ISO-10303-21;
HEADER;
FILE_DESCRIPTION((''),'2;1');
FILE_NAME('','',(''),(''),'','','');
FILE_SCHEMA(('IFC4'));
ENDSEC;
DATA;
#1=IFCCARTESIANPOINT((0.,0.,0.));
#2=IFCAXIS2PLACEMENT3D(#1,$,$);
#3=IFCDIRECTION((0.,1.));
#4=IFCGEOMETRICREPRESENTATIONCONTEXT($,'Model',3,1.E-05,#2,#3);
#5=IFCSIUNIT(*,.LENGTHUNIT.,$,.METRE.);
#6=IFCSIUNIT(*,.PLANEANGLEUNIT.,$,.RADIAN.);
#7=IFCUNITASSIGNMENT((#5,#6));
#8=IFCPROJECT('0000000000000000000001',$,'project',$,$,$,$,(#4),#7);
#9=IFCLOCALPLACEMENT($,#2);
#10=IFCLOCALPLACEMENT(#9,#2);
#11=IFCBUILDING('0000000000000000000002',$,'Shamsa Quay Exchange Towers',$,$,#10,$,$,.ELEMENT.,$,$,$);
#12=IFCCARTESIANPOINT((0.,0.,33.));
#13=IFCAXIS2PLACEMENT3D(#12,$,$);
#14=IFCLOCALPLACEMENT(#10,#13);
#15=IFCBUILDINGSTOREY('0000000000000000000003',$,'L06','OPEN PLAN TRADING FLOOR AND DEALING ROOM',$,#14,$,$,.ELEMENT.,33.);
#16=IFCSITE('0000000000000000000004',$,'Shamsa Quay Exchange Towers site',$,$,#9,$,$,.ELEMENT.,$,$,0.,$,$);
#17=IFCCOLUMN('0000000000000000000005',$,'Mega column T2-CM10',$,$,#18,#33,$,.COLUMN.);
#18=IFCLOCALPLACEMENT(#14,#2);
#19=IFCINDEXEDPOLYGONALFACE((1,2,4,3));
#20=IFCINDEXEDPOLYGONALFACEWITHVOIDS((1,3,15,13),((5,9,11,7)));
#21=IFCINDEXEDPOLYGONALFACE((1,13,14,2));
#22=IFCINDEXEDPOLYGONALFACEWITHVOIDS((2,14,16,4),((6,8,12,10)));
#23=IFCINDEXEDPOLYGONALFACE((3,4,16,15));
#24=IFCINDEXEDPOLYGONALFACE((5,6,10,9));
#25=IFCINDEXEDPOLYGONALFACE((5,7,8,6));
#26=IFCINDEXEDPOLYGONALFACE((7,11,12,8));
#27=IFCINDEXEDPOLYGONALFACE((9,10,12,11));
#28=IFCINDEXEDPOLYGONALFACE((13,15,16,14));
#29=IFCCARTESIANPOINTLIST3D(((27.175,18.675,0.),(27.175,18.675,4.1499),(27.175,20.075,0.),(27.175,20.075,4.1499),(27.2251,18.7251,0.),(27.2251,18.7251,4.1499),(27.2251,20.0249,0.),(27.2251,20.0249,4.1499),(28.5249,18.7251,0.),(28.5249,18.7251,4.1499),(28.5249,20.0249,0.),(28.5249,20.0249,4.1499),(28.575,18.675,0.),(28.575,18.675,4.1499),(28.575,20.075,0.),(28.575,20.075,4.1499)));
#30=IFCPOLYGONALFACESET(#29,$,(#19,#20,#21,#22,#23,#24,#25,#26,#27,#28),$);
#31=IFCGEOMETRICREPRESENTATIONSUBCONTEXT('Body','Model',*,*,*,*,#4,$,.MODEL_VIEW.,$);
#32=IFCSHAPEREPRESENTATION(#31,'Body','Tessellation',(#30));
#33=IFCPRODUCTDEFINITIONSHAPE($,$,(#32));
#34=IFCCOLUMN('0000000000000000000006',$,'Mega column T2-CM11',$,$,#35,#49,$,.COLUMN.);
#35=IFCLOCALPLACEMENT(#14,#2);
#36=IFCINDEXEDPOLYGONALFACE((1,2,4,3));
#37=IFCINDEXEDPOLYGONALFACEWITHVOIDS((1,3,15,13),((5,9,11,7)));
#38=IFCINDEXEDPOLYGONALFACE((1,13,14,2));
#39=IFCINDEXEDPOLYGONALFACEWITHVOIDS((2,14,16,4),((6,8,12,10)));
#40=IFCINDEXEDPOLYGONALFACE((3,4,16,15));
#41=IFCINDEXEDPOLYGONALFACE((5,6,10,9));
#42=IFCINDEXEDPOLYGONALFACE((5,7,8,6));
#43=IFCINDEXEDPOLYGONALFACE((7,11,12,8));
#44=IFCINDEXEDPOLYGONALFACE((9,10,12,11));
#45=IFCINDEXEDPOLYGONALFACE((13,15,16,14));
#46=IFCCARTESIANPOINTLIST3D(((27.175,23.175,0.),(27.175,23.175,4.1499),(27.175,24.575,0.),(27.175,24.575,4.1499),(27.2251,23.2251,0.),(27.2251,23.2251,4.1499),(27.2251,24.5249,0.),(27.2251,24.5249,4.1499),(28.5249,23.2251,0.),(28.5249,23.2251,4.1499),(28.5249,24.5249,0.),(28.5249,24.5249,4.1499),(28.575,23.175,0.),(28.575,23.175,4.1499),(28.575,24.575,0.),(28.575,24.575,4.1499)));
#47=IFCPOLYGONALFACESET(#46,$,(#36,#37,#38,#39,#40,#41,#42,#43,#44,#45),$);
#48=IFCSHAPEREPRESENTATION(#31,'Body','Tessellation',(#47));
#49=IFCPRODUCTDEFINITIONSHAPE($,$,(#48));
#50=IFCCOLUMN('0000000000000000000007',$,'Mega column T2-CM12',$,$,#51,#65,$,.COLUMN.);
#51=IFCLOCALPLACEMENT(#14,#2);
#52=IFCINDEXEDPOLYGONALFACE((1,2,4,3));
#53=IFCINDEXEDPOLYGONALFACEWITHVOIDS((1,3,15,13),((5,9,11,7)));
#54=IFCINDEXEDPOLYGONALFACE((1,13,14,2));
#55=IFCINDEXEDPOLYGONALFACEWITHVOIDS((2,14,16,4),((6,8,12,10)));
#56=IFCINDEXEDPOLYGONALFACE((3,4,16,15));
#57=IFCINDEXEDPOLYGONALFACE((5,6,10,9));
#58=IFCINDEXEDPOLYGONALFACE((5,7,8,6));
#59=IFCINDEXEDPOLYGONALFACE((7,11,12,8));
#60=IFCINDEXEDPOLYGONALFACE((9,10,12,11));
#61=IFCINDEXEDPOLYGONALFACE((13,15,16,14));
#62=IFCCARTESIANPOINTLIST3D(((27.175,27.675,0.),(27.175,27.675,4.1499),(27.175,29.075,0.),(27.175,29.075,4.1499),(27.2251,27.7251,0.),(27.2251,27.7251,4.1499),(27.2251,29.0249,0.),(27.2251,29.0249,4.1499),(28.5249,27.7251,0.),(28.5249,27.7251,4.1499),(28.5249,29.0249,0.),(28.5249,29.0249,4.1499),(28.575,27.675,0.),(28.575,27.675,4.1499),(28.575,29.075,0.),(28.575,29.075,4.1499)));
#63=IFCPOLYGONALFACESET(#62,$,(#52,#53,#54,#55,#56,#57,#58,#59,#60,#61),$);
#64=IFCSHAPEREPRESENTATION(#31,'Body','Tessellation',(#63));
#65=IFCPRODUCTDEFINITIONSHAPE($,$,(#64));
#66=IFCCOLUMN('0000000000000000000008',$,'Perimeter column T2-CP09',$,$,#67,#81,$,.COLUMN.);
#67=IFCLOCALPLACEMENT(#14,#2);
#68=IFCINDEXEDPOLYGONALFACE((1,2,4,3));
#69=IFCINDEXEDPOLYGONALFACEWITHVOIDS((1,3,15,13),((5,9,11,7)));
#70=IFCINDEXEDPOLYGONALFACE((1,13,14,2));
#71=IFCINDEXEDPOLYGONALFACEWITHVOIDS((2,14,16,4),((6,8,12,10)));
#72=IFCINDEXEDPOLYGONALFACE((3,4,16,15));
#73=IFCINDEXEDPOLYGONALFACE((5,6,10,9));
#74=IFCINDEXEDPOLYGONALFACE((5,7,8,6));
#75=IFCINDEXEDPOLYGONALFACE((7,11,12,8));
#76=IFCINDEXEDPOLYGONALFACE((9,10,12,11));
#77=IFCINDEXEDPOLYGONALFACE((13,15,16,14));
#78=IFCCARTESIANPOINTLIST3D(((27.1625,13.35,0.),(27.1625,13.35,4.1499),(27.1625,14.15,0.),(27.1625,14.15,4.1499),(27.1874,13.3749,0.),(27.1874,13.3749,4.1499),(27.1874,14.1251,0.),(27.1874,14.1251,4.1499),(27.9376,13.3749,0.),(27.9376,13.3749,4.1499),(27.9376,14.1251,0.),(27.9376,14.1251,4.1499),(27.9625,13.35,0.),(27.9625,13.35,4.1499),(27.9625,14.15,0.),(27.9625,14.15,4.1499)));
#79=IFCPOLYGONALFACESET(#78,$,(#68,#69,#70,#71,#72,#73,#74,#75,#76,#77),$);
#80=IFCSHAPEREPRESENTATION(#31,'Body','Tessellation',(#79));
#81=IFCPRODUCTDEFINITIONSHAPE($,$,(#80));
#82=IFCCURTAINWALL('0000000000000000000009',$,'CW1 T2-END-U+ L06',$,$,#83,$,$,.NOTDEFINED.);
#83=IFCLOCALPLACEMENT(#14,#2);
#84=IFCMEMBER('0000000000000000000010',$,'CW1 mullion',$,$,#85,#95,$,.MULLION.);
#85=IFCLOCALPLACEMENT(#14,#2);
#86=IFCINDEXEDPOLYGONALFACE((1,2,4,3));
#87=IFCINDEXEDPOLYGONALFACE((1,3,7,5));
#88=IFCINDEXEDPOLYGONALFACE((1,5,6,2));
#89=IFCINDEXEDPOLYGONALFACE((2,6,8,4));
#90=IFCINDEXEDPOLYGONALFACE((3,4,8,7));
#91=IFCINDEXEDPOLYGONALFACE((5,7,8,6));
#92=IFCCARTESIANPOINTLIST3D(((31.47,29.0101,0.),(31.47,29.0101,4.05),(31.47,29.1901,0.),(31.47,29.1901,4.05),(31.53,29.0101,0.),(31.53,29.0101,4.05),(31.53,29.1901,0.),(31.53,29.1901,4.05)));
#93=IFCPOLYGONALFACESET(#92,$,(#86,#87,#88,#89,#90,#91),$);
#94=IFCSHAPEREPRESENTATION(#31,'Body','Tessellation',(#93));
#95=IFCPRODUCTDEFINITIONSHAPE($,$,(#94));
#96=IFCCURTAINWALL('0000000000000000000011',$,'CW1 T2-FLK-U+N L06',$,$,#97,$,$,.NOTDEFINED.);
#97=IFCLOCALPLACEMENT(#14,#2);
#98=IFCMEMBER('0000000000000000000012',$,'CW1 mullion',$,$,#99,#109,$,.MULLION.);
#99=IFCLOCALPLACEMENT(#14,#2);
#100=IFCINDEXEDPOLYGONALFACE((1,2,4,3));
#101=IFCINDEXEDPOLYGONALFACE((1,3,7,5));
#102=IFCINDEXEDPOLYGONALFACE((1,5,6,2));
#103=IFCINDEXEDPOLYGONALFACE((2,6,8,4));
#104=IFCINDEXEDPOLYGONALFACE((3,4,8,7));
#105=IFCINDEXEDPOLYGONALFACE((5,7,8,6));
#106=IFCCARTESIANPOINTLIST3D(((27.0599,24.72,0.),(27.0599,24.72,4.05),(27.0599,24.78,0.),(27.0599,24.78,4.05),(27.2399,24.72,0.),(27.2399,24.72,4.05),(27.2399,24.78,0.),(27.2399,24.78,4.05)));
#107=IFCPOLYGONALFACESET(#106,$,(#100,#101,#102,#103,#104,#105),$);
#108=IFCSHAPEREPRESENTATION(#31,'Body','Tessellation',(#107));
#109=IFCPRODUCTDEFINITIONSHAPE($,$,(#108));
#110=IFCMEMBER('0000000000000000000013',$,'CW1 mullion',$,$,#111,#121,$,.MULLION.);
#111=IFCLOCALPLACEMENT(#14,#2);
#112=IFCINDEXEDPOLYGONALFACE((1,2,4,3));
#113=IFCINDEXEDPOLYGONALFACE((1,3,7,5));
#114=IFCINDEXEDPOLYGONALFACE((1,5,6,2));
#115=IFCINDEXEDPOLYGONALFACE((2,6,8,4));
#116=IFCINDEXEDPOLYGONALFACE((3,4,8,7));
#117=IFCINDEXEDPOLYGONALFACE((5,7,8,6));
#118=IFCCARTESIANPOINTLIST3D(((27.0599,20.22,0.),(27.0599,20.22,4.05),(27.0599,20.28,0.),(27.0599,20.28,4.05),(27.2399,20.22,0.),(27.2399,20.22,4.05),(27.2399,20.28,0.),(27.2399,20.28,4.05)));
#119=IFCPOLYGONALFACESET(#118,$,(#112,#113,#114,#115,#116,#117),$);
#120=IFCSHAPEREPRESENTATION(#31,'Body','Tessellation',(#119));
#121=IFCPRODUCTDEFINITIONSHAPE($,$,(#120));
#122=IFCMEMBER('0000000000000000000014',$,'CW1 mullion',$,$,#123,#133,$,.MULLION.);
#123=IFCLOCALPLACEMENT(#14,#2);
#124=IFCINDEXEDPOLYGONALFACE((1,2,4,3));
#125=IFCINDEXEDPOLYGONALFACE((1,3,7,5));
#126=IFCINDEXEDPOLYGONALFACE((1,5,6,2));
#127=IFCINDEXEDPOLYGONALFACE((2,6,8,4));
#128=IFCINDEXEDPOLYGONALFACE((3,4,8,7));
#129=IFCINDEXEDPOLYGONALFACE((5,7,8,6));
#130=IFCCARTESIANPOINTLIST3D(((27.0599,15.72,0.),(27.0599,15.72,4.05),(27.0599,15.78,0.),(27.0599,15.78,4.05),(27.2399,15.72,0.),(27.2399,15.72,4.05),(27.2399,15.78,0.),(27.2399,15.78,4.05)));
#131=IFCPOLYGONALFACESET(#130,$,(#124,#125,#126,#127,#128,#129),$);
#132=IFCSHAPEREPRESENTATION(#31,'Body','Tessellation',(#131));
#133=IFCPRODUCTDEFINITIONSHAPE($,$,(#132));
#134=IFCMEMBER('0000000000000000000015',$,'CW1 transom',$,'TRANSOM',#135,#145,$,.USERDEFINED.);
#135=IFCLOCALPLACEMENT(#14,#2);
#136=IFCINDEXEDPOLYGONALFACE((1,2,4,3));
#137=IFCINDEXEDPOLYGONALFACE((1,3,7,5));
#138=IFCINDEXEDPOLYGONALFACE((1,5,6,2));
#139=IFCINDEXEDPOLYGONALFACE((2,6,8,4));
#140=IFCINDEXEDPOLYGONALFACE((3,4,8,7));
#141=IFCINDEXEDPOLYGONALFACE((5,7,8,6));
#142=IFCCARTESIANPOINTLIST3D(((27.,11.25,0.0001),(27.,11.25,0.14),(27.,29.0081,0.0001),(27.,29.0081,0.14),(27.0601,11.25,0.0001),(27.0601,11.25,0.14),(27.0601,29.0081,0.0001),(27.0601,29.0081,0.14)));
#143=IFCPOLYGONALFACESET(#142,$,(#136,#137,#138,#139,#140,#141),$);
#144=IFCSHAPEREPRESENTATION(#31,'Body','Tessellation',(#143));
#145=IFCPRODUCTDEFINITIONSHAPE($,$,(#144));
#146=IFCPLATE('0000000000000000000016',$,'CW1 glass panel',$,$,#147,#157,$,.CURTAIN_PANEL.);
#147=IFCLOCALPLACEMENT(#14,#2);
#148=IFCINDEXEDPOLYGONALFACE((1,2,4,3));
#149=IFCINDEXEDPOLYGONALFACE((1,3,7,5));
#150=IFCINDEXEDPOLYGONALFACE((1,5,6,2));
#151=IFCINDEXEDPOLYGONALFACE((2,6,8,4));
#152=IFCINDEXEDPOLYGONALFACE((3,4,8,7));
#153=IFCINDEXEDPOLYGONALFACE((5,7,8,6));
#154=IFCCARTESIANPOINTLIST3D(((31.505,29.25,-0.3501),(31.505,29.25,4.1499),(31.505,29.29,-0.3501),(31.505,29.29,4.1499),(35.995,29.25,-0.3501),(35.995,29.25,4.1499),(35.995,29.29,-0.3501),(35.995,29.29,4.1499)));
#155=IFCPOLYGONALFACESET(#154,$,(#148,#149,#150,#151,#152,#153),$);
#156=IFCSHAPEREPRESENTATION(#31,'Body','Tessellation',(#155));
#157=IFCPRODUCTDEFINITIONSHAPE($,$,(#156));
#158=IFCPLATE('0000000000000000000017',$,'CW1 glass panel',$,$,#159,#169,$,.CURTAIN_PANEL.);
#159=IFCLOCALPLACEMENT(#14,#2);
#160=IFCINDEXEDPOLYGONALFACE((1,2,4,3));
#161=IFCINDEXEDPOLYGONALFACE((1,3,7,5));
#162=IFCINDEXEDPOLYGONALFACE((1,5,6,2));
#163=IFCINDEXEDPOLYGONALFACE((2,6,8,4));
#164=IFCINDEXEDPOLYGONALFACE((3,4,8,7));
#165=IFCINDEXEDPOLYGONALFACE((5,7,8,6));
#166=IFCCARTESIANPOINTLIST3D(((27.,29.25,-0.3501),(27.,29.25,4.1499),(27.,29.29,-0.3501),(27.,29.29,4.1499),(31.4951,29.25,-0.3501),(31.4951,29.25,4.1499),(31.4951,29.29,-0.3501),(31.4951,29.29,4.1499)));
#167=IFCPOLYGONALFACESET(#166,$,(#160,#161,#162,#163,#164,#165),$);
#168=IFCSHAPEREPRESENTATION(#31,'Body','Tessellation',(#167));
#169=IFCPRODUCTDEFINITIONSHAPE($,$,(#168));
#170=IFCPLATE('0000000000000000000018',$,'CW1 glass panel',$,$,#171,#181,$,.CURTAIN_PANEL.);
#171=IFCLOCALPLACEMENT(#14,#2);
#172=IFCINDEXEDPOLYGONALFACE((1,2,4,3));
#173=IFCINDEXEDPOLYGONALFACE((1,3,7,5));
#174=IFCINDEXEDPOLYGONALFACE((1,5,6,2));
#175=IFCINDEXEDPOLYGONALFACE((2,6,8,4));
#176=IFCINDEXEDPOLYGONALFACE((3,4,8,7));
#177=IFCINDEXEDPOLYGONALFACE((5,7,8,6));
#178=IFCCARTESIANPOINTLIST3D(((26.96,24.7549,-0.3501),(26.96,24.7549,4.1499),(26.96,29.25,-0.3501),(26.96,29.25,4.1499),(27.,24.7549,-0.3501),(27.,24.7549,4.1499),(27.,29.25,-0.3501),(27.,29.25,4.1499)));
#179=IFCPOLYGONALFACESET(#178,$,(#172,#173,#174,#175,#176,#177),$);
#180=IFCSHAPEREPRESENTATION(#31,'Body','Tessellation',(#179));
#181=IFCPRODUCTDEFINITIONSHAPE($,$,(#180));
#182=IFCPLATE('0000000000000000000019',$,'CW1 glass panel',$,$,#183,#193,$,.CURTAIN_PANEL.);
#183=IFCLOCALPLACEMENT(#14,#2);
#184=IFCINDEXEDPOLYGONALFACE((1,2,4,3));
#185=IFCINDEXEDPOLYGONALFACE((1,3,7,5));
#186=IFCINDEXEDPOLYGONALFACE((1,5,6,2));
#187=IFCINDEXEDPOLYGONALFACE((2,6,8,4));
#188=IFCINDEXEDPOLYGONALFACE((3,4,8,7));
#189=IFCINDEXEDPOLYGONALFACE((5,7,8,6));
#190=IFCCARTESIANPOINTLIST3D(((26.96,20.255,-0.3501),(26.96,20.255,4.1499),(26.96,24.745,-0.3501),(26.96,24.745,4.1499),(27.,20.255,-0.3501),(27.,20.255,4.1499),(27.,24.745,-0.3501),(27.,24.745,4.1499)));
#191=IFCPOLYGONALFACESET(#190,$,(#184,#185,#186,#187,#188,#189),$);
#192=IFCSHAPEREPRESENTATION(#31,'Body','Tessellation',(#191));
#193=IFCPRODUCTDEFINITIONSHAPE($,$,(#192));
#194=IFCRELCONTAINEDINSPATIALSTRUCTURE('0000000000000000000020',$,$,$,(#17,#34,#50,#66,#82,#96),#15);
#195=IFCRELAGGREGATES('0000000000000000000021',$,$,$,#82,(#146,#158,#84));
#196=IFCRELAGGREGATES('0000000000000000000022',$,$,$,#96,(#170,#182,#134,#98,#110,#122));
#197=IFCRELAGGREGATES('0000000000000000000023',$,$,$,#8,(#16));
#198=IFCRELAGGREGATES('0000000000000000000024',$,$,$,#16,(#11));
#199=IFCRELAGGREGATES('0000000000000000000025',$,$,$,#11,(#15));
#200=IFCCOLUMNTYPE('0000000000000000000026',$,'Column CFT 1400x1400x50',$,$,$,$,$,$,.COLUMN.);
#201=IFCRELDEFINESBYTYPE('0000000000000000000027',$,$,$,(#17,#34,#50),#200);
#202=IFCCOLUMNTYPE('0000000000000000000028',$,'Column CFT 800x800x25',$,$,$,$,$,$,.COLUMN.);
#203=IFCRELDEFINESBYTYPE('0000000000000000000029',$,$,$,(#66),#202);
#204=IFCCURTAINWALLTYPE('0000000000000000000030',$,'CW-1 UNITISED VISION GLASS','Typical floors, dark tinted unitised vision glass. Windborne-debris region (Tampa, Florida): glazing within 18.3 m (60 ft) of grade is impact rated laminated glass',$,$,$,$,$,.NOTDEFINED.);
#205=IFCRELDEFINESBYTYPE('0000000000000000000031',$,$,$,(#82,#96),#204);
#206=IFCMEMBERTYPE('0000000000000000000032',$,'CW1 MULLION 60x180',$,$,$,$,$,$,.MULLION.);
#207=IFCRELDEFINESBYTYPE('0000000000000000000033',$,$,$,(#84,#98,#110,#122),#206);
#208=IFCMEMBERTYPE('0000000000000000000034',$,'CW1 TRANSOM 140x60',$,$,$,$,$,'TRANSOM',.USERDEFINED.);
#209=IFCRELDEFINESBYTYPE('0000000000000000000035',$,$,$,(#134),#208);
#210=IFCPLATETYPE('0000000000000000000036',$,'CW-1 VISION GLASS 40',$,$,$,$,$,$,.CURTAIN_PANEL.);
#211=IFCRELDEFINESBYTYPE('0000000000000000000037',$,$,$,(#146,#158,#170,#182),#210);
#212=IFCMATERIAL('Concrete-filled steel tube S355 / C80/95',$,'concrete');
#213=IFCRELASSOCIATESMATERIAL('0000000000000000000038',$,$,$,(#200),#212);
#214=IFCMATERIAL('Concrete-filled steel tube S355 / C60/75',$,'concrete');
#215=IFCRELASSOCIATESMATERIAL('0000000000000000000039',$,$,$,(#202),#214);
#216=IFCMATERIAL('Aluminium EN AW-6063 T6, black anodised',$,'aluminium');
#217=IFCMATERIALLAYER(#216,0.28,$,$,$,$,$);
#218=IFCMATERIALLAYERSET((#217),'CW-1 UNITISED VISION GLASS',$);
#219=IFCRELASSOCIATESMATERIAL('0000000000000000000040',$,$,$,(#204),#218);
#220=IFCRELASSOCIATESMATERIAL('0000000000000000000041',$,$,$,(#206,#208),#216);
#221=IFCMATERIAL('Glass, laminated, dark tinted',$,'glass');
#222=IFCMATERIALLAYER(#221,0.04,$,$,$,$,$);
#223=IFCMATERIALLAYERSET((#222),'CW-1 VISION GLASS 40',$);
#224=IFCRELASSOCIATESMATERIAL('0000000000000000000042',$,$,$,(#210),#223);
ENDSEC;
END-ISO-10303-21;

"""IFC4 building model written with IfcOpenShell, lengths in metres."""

from ifc_helpers import new_model, si_unit, direction, frame, origin, origin_2d, place, context, subcontext, project, spatial, rectangle, hollow_rectangle, extrude, material, layer, layer_set, material_profile, profile_set, type_object, element, aggregate, save


model = new_model("IFC4")

# Units and contexts
model_context = context("Model", 3, precision=1e-05, world=origin(), true_north=direction((0.0, 1.0)))
body_context = subcontext(model_context, "Body", "Model", "MODEL_VIEW")
ifc_project = project(units=[si_unit("LENGTHUNIT", "METRE"), si_unit("PLANEANGLEUNIT", "RADIAN")], contexts=[model_context])

# Site, building, storey
site_placement = place(None, origin())
site = spatial("IfcSite", under=ifc_project, at=site_placement, Name="Shamsa Quay Exchange Towers site", CompositionType="ELEMENT", RefElevation=0.0)
building_placement = place(site_placement, origin())
building = spatial("IfcBuilding", under=site, at=building_placement, Name="Shamsa Quay Exchange Towers", CompositionType="ELEMENT")
storey_placement = place(building_placement, frame((0.0, 0.0, 33.0)))
storey = spatial("IfcBuildingStorey", under=building, at=storey_placement, Name="L06", Description="OPEN PLAN TRADING FLOOR AND DEALING ROOM", CompositionType="ELEMENT", Elevation=33.0)

# Columns
ifc_material_1 = material(Name="Concrete-filled steel tube S355 / C80/95", Category="concrete")
ifc_material_profile_1 = material_profile(ifc_material_1, hollow_rectangle(XDim=1.3999, YDim=1.3999, WallThickness=0.05, at=origin_2d()), Name="CFT 1400x1400x50")
ifc_profile_set_1 = profile_set([ifc_material_profile_1], Name="Concrete-filled steel tube S355 / C80/95")
column_type_1 = type_object("IfcColumnType", Name="Column CFT 1400x1400x50", PredefinedType="COLUMN", material=ifc_profile_set_1)
for number, where, name in (
    (1, (27.875, 19.375, 0.0), "Mega column T2-CM10"),
    (2, (27.875, 23.875, 0.0), "Mega column T2-CM11"),
    (3, (27.875, 28.375, 0.0), "Mega column T2-CM12"),
):
    element("IfcColumn", number, at=place(storey_placement, frame(where)), inside=storey, type_object=column_type_1, Name=name, PredefinedType="COLUMN", context=body_context, shape_type="SweptSolid", body=[
        extrude(hollow_rectangle(XDim=1.3999, YDim=1.3999, WallThickness=0.05, at=origin_2d()), origin(), (0.0, 0.0, 1.0), 4.1499),
    ])
ifc_material_2 = material(Name="Concrete-filled steel tube S355 / C60/75", Category="concrete")
ifc_material_profile_2 = material_profile(ifc_material_2, hollow_rectangle(XDim=0.8, YDim=0.8, WallThickness=0.0249, at=origin_2d()), Name="CFT 800x800x25")
ifc_profile_set_2 = profile_set([ifc_material_profile_2], Name="Concrete-filled steel tube S355 / C60/75")
column_type_2 = type_object("IfcColumnType", Name="Column CFT 800x800x25", PredefinedType="COLUMN", material=ifc_profile_set_2)
column_placement = place(storey_placement, frame((27.5625, 13.75, 0.0)))
element("IfcColumn", 4, at=column_placement, inside=storey, type_object=column_type_2, Name="Perimeter column T2-CP09", PredefinedType="COLUMN", context=body_context, shape_type="SweptSolid", body=[
    extrude(hollow_rectangle(XDim=0.8, YDim=0.8, WallThickness=0.0249, at=origin_2d()), origin(), (0.0, 0.0, 1.0), 4.1499),
])

# Curtain wall, member
ifc_material_3 = material(Name="Aluminium EN AW-6063 T6, black anodised", Category="aluminium")
ifc_layer_1 = layer(ifc_material_3, 0.28)
ifc_layer_set_1 = layer_set([ifc_layer_1], Name="CW-1 UNITISED VISION GLASS")
curtain_wall_type_1 = type_object("IfcCurtainWallType", Name="CW-1 UNITISED VISION GLASS", Description="Typical floors, dark tinted unitised vision glass. Windborne-debris region (Tampa, Florida): glazing within 18.3 m (60 ft) of grade is impact rated laminated glass", PredefinedType="NOTDEFINED", material=ifc_layer_set_1)
curtain_wall_1_placement = place(storey_placement, origin())
curtain_wall_1 = element("IfcCurtainWall", 5, at=curtain_wall_1_placement, inside=storey, type_object=curtain_wall_type_1, Name="CW1 T2-END-U+ L06", PredefinedType="NOTDEFINED")
ifc_material_profile_3 = material_profile(ifc_material_3, rectangle(XDim=0.1799, YDim=0.0601, at=origin_2d()), Name="MU60x180")
ifc_profile_set_3 = profile_set([ifc_material_profile_3], Name="Aluminium EN AW-6063 T6, black anodised")
member_type_1 = type_object("IfcMemberType", Name="CW1 MULLION 60x180", PredefinedType="MULLION", material=ifc_profile_set_3)
member_1_placement = place(storey_placement, frame((31.5, 29.1001, 0.0), z_axis=(0.0, 0.0, 1.0), x_axis=(0.0, -1.0, 0.0)))
member_1 = element("IfcMember", 6, at=member_1_placement, type_object=member_type_1, Name="CW1 mullion", PredefinedType="MULLION", context=body_context, shape_type="SweptSolid", body=[
    extrude(rectangle(XDim=0.1799, YDim=0.0601, at=origin_2d()), origin(), (0.0, 0.0, 1.0), 4.05),
])

# Curtain wall, members
curtain_wall_2_placement = place(storey_placement, origin())
curtain_wall_2 = element("IfcCurtainWall", 7, at=curtain_wall_2_placement, inside=storey, type_object=curtain_wall_type_1, Name="CW1 T2-FLK-U+N L06", PredefinedType="NOTDEFINED")
member_2_placement = place(storey_placement, frame((27.1499, 24.75, 0.0)))
member_2 = element("IfcMember", 8, at=member_2_placement, type_object=member_type_1, Name="CW1 mullion", PredefinedType="MULLION", context=body_context, shape_type="SweptSolid", body=[
    extrude(rectangle(XDim=0.1799, YDim=0.0601, at=origin_2d()), origin(), (0.0, 0.0, 1.0), 4.05),
])
member_3_placement = place(storey_placement, frame((27.1499, 20.25, 0.0)))
member_3 = element("IfcMember", 9, at=member_3_placement, type_object=member_type_1, Name="CW1 mullion", PredefinedType="MULLION", context=body_context, shape_type="SweptSolid", body=[
    extrude(rectangle(XDim=0.1799, YDim=0.0601, at=origin_2d()), origin(), (0.0, 0.0, 1.0), 4.05),
])
member_4_placement = place(storey_placement, frame((27.1499, 15.75, 0.0)))
member_4 = element("IfcMember", 10, at=member_4_placement, type_object=member_type_1, Name="CW1 mullion", PredefinedType="MULLION", context=body_context, shape_type="SweptSolid", body=[
    extrude(rectangle(XDim=0.1799, YDim=0.0601, at=origin_2d()), origin(), (0.0, 0.0, 1.0), 4.05),
])
ifc_material_profile_4 = material_profile(ifc_material_3, rectangle(XDim=0.0601, YDim=0.1399, at=origin_2d()), Name="TR140x60")
ifc_profile_set_4 = profile_set([ifc_material_profile_4], Name="Aluminium EN AW-6063 T6, black anodised")
member_type_2 = type_object("IfcMemberType", Name="CW1 TRANSOM 140x60", ElementType="TRANSOM", PredefinedType="USERDEFINED", material=ifc_profile_set_4)
member_5_placement = place(storey_placement, frame((27.03, 29.0081, 0.0701), z_axis=(0.0, -1.0, 0.0), x_axis=(1.0, 0.0, 0.0)))
member_5 = element("IfcMember", 11, at=member_5_placement, type_object=member_type_2, Name="CW1 transom", ObjectType="TRANSOM", PredefinedType="USERDEFINED", context=body_context, shape_type="SweptSolid", body=[
    extrude(rectangle(XDim=0.0601, YDim=0.1399, at=origin_2d()), origin(), (0.0, 0.0, 1.0), 17.7581),
])

# Plates
ifc_material_4 = material(Name="Glass, laminated, dark tinted", Category="glass")
ifc_layer_2 = layer(ifc_material_4, 0.04)
ifc_layer_set_2 = layer_set([ifc_layer_2], Name="CW-1 VISION GLASS 40")
plate_type_1 = type_object("IfcPlateType", Name="CW-1 VISION GLASS 40", PredefinedType="CURTAIN_PANEL", material=ifc_layer_set_2)
plate_1_placement = place(storey_placement, frame((33.75, 29.27, -0.3501), z_axis=(0.0, 0.0, 1.0), x_axis=(-1.0, 0.0, 0.0)))
plate_1 = element("IfcPlate", 12, at=plate_1_placement, type_object=plate_type_1, Name="CW1 glass panel", PredefinedType="CURTAIN_PANEL", context=body_context, shape_type="SweptSolid", body=[
    extrude(rectangle(XDim=4.49, YDim=0.04, at=origin_2d()), origin(), (0.0, 0.0, 1.0), 4.5),
])
plate_2_placement = place(storey_placement, frame((29.2476, 29.27, -0.3501), z_axis=(0.0, 0.0, 1.0), x_axis=(-1.0, 0.0, 0.0)))
plate_2 = element("IfcPlate", 13, at=plate_2_placement, type_object=plate_type_1, Name="CW1 glass panel", PredefinedType="CURTAIN_PANEL", context=body_context, shape_type="SweptSolid", body=[
    extrude(rectangle(XDim=4.4951, YDim=0.04, at=origin_2d()), origin(), (0.0, 0.0, 1.0), 4.5),
])
aggregate(curtain_wall_1, [plate_1, plate_2, member_1])
plate_3_placement = place(storey_placement, frame((26.98, 27.0024, -0.3501), z_axis=(0.0, 0.0, 1.0), x_axis=(0.0, -1.0, 0.0)))
plate_3 = element("IfcPlate", 14, at=plate_3_placement, type_object=plate_type_1, Name="CW1 glass panel", PredefinedType="CURTAIN_PANEL", context=body_context, shape_type="SweptSolid", body=[
    extrude(rectangle(XDim=4.4951, YDim=0.04, at=origin_2d()), origin(), (0.0, 0.0, 1.0), 4.5),
])
plate_4_placement = place(storey_placement, frame((26.98, 22.5, -0.3501), z_axis=(0.0, 0.0, 1.0), x_axis=(0.0, -1.0, 0.0)))
plate_4 = element("IfcPlate", 15, at=plate_4_placement, type_object=plate_type_1, Name="CW1 glass panel", PredefinedType="CURTAIN_PANEL", context=body_context, shape_type="SweptSolid", body=[
    extrude(rectangle(XDim=4.49, YDim=0.04, at=origin_2d()), origin(), (0.0, 0.0, 1.0), 4.5),
])
aggregate(curtain_wall_2, [plate_3, plate_4, member_5, member_2, member_3, member_4])

save(model, "model.ifc")
